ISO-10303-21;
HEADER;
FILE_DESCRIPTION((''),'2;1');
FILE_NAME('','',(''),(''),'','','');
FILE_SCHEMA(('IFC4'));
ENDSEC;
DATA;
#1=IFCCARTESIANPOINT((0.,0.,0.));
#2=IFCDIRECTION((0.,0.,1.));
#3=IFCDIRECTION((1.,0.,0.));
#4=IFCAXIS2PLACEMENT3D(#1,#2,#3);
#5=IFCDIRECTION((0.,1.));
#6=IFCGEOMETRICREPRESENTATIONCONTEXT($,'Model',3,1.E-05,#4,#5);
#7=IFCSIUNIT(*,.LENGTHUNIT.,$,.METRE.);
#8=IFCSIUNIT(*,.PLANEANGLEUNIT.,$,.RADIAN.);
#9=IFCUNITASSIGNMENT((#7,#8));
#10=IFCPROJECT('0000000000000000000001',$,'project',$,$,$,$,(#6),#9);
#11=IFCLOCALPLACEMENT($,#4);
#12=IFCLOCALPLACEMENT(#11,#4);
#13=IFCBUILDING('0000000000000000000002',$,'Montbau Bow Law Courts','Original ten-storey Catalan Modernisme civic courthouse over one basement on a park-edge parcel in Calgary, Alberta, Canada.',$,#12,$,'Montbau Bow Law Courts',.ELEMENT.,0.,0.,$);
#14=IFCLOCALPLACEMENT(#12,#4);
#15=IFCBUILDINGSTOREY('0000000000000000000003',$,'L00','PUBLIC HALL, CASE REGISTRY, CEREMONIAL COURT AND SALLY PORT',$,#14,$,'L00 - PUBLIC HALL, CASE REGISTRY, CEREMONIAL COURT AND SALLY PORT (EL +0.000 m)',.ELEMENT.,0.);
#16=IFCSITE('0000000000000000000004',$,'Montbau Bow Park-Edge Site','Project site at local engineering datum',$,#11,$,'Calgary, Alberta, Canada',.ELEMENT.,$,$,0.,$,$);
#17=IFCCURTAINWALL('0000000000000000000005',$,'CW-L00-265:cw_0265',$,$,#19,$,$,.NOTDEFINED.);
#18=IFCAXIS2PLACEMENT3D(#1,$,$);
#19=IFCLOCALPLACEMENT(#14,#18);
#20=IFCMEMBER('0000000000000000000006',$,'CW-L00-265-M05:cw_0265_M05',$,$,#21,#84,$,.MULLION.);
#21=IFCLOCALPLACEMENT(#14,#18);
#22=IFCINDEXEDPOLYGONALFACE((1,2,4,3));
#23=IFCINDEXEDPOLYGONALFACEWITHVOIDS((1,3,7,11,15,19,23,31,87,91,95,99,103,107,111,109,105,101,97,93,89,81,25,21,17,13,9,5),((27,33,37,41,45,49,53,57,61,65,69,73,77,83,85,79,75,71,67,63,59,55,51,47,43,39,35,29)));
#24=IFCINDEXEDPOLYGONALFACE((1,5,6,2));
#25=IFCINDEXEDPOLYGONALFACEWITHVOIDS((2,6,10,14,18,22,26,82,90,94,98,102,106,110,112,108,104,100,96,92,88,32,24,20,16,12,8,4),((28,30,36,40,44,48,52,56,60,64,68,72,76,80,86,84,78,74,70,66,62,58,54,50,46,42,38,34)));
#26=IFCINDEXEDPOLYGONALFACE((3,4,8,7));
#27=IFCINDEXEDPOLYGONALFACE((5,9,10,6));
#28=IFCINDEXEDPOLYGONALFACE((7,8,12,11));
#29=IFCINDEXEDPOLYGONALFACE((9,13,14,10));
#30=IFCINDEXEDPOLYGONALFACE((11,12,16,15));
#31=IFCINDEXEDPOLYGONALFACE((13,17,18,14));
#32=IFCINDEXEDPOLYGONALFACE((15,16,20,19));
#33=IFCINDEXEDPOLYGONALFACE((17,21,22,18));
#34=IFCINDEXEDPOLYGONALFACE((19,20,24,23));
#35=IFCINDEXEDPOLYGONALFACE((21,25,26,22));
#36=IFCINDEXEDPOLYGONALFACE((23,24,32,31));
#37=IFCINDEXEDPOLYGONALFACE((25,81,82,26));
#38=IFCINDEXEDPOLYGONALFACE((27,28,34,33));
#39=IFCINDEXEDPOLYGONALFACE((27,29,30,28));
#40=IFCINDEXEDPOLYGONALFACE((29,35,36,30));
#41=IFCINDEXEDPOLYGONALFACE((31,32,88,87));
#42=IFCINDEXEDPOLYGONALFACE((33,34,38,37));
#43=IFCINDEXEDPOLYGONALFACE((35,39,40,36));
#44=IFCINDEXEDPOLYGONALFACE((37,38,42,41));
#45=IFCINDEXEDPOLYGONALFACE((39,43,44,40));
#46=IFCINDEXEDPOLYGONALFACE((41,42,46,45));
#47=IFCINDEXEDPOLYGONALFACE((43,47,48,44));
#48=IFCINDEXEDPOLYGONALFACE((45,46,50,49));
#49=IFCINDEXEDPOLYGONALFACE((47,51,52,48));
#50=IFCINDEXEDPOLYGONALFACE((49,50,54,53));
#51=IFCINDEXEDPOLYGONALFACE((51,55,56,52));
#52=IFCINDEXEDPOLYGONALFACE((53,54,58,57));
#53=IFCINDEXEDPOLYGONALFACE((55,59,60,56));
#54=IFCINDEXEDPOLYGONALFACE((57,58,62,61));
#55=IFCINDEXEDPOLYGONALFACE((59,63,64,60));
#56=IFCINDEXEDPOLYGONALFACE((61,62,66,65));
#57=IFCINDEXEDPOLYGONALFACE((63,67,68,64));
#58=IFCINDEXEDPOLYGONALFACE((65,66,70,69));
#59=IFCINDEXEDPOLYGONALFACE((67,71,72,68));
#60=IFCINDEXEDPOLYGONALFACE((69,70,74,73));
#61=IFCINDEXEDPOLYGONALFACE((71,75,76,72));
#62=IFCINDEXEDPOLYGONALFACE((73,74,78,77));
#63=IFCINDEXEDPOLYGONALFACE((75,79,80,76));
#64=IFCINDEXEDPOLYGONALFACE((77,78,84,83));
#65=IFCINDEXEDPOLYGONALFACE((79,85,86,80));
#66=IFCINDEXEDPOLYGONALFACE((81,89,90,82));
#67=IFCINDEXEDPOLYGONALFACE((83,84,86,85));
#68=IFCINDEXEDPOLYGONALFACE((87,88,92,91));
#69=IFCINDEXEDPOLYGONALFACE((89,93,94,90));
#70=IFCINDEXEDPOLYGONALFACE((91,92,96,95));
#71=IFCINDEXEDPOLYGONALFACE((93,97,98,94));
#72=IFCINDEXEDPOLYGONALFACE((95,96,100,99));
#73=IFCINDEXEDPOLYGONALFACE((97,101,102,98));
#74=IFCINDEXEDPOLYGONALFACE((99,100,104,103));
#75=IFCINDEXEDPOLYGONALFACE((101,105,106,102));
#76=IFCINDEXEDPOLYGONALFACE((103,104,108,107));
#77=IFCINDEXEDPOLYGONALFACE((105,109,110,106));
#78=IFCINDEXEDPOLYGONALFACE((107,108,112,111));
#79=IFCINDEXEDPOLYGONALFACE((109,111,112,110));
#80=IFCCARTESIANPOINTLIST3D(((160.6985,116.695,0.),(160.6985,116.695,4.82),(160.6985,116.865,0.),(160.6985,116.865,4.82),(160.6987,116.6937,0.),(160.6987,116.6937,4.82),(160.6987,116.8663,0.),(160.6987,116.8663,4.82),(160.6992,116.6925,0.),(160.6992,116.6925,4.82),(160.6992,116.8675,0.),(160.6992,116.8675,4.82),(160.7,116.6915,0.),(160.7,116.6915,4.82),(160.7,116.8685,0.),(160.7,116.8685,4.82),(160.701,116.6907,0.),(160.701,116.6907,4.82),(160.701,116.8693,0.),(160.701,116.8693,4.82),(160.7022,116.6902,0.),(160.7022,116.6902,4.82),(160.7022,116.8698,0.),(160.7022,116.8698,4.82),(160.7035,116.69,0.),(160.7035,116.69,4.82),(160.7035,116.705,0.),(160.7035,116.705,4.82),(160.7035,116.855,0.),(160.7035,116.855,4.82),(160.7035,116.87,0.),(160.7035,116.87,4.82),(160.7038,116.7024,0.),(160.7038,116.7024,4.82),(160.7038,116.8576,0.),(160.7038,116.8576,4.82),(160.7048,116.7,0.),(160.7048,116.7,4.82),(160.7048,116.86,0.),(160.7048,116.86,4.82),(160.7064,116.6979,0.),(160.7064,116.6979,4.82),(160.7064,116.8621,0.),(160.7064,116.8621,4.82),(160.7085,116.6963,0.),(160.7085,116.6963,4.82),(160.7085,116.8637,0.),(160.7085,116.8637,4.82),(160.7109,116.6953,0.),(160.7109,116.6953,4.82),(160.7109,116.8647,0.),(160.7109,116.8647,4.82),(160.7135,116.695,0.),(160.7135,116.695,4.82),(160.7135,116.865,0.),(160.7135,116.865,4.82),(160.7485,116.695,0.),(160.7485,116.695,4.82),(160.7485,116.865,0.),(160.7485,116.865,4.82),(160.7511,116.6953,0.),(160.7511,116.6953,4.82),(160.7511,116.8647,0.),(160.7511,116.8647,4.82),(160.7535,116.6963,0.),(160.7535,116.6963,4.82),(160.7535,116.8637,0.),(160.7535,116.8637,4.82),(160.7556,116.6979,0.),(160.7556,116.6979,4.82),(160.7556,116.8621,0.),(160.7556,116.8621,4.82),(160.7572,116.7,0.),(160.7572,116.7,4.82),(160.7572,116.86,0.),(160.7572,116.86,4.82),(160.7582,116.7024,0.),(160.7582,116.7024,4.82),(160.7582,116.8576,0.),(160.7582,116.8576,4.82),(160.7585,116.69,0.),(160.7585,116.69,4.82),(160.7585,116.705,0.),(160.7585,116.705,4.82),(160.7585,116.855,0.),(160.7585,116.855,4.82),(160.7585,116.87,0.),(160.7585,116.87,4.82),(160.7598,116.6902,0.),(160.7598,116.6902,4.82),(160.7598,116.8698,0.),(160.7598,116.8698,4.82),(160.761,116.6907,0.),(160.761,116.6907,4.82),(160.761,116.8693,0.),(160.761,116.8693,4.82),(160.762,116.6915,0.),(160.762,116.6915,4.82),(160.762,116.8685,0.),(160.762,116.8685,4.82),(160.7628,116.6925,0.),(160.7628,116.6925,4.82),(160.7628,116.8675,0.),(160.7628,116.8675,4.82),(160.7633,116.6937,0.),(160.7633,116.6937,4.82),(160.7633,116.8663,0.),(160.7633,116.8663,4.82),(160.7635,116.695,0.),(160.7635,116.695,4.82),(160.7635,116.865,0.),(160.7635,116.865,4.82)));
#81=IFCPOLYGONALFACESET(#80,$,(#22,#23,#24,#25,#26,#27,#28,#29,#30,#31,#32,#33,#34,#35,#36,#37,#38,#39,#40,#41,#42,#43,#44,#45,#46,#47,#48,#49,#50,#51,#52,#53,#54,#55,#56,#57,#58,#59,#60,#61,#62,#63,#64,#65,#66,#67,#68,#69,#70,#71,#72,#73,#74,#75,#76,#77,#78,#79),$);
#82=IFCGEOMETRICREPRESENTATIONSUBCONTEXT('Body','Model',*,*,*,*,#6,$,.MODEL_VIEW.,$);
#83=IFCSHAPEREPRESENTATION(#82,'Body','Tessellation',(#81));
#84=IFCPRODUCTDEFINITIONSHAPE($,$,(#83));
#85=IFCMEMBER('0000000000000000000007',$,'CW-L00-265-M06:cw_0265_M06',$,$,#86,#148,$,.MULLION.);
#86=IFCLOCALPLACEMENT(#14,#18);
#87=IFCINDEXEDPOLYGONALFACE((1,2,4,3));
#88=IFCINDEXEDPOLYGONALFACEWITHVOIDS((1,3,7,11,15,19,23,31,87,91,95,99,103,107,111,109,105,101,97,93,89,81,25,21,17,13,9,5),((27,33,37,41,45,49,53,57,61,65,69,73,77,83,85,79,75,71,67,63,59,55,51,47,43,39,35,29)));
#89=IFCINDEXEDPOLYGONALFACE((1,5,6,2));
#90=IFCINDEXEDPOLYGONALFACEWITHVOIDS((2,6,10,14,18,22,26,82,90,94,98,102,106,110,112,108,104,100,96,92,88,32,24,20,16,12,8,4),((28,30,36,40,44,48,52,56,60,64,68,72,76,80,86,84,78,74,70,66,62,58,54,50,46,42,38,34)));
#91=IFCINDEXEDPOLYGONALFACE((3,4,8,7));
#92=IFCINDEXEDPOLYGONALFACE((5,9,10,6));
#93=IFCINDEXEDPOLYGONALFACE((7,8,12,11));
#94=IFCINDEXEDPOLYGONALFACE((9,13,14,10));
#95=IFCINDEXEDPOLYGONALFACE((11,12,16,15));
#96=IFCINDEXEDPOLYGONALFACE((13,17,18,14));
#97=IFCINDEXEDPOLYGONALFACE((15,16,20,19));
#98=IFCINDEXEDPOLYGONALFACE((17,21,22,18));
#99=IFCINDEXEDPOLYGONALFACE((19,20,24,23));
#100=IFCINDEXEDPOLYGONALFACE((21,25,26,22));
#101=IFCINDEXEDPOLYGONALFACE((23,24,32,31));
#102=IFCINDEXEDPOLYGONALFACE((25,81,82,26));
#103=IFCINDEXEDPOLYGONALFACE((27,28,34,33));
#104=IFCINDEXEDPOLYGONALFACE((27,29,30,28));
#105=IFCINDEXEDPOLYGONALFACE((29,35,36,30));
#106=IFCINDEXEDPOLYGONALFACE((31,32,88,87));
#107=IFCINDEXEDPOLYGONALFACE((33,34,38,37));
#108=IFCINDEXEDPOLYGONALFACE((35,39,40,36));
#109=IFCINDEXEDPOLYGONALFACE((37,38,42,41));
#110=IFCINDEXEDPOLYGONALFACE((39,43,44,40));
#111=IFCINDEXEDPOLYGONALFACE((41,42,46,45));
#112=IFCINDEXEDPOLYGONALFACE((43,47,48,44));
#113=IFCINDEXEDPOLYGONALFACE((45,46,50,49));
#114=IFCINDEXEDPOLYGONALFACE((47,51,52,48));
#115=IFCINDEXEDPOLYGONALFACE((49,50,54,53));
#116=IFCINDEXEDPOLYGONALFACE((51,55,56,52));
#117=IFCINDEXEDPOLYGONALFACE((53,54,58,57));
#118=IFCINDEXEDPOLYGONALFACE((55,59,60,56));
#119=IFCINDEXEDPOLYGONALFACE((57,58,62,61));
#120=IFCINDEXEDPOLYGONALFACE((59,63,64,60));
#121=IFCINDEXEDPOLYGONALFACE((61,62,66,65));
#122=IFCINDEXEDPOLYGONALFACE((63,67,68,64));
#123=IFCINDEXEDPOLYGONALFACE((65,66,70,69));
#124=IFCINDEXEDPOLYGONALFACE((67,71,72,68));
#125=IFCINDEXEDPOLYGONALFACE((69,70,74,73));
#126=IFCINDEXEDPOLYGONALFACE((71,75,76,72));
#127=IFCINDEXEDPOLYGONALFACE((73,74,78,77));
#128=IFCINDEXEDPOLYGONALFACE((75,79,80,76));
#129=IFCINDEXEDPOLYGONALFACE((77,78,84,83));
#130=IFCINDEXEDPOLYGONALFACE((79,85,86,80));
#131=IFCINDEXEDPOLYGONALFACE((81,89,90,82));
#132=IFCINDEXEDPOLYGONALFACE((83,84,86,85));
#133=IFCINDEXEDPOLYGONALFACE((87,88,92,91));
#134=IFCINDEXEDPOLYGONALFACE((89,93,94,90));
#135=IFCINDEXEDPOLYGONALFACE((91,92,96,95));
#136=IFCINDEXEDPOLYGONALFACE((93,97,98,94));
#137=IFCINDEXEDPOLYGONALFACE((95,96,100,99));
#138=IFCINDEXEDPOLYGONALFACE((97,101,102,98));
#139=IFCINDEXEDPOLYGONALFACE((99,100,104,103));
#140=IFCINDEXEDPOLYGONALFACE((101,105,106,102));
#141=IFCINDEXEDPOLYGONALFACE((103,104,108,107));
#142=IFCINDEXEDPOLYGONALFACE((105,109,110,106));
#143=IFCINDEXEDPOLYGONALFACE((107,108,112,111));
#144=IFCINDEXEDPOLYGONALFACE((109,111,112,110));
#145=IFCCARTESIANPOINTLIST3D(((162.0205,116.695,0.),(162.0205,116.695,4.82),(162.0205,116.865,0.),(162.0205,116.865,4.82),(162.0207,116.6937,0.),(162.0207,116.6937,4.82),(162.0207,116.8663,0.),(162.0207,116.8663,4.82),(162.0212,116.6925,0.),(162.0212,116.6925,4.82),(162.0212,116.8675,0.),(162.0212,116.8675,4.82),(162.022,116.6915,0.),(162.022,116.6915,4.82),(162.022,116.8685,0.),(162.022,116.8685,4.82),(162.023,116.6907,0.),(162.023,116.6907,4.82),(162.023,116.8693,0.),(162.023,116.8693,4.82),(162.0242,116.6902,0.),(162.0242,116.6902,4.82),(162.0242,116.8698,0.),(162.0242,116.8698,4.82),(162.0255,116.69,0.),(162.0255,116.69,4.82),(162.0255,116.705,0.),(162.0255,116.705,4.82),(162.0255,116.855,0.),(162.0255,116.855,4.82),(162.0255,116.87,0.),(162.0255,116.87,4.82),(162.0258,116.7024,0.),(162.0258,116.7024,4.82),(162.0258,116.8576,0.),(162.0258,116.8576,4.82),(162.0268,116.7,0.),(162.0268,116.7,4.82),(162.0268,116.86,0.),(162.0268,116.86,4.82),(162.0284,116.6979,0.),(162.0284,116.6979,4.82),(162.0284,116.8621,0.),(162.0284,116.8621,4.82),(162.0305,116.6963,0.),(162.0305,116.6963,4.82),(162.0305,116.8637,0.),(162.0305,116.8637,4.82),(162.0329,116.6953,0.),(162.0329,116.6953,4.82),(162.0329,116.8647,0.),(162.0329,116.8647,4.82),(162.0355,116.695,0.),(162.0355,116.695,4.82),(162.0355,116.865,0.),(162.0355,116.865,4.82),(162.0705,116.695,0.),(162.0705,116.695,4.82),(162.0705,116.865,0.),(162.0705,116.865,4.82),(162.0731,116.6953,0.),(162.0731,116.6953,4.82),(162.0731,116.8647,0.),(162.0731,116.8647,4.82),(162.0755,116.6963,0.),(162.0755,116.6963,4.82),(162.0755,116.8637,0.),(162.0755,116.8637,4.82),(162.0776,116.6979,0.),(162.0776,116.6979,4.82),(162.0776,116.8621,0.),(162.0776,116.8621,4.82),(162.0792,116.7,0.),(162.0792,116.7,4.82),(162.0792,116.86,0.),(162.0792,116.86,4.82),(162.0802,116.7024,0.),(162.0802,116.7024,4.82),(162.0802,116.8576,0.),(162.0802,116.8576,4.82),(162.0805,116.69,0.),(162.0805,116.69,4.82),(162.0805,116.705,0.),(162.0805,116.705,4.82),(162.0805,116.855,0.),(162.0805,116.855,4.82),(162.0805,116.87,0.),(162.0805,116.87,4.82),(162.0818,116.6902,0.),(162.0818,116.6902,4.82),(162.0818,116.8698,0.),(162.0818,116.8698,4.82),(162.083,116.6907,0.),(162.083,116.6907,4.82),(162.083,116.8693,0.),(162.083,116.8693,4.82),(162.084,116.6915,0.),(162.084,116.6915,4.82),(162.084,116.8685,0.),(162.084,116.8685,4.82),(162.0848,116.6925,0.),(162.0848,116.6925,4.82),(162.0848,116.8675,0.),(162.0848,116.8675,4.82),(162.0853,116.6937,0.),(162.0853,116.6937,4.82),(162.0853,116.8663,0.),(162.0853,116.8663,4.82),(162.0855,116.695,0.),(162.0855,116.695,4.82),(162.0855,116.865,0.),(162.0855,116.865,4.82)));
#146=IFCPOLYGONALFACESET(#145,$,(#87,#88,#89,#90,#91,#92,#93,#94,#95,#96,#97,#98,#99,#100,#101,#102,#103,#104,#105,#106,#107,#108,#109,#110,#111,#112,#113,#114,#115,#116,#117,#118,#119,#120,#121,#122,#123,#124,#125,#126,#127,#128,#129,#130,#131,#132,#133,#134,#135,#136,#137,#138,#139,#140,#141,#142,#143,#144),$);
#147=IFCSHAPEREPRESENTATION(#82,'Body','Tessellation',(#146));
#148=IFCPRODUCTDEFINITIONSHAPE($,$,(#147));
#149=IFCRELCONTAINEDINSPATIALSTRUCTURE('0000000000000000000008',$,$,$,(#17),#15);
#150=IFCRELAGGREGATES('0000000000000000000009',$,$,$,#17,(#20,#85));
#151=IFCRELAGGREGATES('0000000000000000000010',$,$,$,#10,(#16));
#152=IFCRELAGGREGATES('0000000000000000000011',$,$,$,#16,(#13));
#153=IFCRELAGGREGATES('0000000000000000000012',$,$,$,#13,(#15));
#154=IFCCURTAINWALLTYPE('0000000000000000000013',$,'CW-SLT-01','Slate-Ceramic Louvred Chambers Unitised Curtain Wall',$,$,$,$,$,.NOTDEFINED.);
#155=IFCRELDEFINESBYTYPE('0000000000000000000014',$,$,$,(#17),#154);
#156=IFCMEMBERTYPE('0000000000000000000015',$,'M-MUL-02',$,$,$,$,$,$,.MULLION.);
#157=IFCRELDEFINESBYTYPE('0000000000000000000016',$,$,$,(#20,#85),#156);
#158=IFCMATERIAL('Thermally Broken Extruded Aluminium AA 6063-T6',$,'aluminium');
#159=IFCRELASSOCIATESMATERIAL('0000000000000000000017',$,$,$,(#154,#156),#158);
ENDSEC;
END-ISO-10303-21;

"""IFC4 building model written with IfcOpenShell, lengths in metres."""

from ifc_helpers import new_model, si_unit, direction, frame, origin_with_axes, origin_2d_with_axis, place, context, subcontext, project, spatial, hollow_rectangle, extrude, material, material_profile, profile_set, type_object, element, aggregate, save


model = new_model("IFC4")

# Units and contexts
model_context = context("Model", 3, precision=1e-05, world=origin_with_axes(), true_north=direction((0.0, 1.0)))
body_context = subcontext(model_context, "Body", "Model", "MODEL_VIEW")
ifc_project = project(units=[si_unit("LENGTHUNIT", "METRE"), si_unit("PLANEANGLEUNIT", "RADIAN")], contexts=[model_context])

# Site, building, storey
site_placement = place(None, origin_with_axes())
site = spatial("IfcSite", under=ifc_project, at=site_placement, Name="Montbau Bow Park-Edge Site", Description="Project site at local engineering datum", LongName="Calgary, Alberta, Canada", CompositionType="ELEMENT", RefElevation=0.0)
building_placement = place(site_placement, origin_with_axes())
building = spatial("IfcBuilding", under=site, at=building_placement, Name="Montbau Bow Law Courts", Description="Original ten-storey Catalan Modernisme civic courthouse over one basement on a park-edge parcel in Calgary, Alberta, Canada.", LongName="Montbau Bow Law Courts", CompositionType="ELEMENT", ElevationOfRefHeight=0.0, ElevationOfTerrain=0.0)
storey_placement = place(building_placement, origin_with_axes())
storey = spatial("IfcBuildingStorey", under=building, at=storey_placement, Name="L00", Description="PUBLIC HALL, CASE REGISTRY, CEREMONIAL COURT AND SALLY PORT", LongName="L00 - PUBLIC HALL, CASE REGISTRY, CEREMONIAL COURT AND SALLY PORT (EL +0.000 m)", CompositionType="ELEMENT", Elevation=0.0)

# Curtain wall, members
ifc_material_1 = material(Name="Thermally Broken Extruded Aluminium AA 6063-T6", Category="aluminium")
curtain_wall_type = type_object("IfcCurtainWallType", Name="CW-SLT-01", Description="Slate-Ceramic Louvred Chambers Unitised Curtain Wall", PredefinedType="NOTDEFINED", material=ifc_material_1)
curtain_wall_1_placement = place(None, frame((155.315, 116.78, 0.0), z_axis=(0.0, 0.0, 1.0), x_axis=(1.0, 0.0, 0.0)))
curtain_wall_1 = element("IfcCurtainWall", 1, at=curtain_wall_1_placement, inside=storey, type_object=curtain_wall_type, Name="CW-L00-265:cw_0265", PredefinedType="NOTDEFINED")
ifc_material_profile_1 = material_profile(ifc_material_1, hollow_rectangle(XDim=0.065, YDim=0.18, WallThickness=0.005, InnerFilletRadius=0.01, OuterFilletRadius=0.005, at=origin_2d_with_axis()), Name="CWM-180X65", Category="Main", Priority=0)
ifc_profile_set_1 = profile_set([ifc_material_profile_1], Name="Thermally Broken Extruded Aluminium AA 6063-T6")
member_type_1 = type_object("IfcMemberType", Name="M-MUL-02", PredefinedType="MULLION", material=ifc_profile_set_1)
member_1_placement = place(None, frame((160.731, 116.78, 0.0), z_axis=(0.0, 0.0, 1.0), x_axis=(1.0, 0.0, 0.0)))
member_1 = element("IfcMember", 2, at=member_1_placement, type_object=member_type_1, Name="CW-L00-265-M05:cw_0265_M05", PredefinedType="MULLION", context=body_context, shape_type="SweptSolid", body=[
    extrude(hollow_rectangle(XDim=0.065, YDim=0.18, WallThickness=0.005, InnerFilletRadius=0.01, OuterFilletRadius=0.005, at=origin_2d_with_axis()), origin_with_axes(), (0.0, 0.0, 1.0), 4.82),
])
member_2_placement = place(None, frame((162.053, 116.78, 0.0), z_axis=(0.0, 0.0, 1.0), x_axis=(1.0, 0.0, 0.0)))
member_2 = element("IfcMember", 3, at=member_2_placement, type_object=member_type_1, Name="CW-L00-265-M06:cw_0265_M06", PredefinedType="MULLION", context=body_context, shape_type="SweptSolid", body=[
    extrude(hollow_rectangle(XDim=0.065, YDim=0.18, WallThickness=0.005, InnerFilletRadius=0.01, OuterFilletRadius=0.005, at=origin_2d_with_axis()), origin_with_axes(), (0.0, 0.0, 1.0), 4.82),
])

aggregate(curtain_wall_1, [member_1, member_2])

save(model, "model.ifc")
